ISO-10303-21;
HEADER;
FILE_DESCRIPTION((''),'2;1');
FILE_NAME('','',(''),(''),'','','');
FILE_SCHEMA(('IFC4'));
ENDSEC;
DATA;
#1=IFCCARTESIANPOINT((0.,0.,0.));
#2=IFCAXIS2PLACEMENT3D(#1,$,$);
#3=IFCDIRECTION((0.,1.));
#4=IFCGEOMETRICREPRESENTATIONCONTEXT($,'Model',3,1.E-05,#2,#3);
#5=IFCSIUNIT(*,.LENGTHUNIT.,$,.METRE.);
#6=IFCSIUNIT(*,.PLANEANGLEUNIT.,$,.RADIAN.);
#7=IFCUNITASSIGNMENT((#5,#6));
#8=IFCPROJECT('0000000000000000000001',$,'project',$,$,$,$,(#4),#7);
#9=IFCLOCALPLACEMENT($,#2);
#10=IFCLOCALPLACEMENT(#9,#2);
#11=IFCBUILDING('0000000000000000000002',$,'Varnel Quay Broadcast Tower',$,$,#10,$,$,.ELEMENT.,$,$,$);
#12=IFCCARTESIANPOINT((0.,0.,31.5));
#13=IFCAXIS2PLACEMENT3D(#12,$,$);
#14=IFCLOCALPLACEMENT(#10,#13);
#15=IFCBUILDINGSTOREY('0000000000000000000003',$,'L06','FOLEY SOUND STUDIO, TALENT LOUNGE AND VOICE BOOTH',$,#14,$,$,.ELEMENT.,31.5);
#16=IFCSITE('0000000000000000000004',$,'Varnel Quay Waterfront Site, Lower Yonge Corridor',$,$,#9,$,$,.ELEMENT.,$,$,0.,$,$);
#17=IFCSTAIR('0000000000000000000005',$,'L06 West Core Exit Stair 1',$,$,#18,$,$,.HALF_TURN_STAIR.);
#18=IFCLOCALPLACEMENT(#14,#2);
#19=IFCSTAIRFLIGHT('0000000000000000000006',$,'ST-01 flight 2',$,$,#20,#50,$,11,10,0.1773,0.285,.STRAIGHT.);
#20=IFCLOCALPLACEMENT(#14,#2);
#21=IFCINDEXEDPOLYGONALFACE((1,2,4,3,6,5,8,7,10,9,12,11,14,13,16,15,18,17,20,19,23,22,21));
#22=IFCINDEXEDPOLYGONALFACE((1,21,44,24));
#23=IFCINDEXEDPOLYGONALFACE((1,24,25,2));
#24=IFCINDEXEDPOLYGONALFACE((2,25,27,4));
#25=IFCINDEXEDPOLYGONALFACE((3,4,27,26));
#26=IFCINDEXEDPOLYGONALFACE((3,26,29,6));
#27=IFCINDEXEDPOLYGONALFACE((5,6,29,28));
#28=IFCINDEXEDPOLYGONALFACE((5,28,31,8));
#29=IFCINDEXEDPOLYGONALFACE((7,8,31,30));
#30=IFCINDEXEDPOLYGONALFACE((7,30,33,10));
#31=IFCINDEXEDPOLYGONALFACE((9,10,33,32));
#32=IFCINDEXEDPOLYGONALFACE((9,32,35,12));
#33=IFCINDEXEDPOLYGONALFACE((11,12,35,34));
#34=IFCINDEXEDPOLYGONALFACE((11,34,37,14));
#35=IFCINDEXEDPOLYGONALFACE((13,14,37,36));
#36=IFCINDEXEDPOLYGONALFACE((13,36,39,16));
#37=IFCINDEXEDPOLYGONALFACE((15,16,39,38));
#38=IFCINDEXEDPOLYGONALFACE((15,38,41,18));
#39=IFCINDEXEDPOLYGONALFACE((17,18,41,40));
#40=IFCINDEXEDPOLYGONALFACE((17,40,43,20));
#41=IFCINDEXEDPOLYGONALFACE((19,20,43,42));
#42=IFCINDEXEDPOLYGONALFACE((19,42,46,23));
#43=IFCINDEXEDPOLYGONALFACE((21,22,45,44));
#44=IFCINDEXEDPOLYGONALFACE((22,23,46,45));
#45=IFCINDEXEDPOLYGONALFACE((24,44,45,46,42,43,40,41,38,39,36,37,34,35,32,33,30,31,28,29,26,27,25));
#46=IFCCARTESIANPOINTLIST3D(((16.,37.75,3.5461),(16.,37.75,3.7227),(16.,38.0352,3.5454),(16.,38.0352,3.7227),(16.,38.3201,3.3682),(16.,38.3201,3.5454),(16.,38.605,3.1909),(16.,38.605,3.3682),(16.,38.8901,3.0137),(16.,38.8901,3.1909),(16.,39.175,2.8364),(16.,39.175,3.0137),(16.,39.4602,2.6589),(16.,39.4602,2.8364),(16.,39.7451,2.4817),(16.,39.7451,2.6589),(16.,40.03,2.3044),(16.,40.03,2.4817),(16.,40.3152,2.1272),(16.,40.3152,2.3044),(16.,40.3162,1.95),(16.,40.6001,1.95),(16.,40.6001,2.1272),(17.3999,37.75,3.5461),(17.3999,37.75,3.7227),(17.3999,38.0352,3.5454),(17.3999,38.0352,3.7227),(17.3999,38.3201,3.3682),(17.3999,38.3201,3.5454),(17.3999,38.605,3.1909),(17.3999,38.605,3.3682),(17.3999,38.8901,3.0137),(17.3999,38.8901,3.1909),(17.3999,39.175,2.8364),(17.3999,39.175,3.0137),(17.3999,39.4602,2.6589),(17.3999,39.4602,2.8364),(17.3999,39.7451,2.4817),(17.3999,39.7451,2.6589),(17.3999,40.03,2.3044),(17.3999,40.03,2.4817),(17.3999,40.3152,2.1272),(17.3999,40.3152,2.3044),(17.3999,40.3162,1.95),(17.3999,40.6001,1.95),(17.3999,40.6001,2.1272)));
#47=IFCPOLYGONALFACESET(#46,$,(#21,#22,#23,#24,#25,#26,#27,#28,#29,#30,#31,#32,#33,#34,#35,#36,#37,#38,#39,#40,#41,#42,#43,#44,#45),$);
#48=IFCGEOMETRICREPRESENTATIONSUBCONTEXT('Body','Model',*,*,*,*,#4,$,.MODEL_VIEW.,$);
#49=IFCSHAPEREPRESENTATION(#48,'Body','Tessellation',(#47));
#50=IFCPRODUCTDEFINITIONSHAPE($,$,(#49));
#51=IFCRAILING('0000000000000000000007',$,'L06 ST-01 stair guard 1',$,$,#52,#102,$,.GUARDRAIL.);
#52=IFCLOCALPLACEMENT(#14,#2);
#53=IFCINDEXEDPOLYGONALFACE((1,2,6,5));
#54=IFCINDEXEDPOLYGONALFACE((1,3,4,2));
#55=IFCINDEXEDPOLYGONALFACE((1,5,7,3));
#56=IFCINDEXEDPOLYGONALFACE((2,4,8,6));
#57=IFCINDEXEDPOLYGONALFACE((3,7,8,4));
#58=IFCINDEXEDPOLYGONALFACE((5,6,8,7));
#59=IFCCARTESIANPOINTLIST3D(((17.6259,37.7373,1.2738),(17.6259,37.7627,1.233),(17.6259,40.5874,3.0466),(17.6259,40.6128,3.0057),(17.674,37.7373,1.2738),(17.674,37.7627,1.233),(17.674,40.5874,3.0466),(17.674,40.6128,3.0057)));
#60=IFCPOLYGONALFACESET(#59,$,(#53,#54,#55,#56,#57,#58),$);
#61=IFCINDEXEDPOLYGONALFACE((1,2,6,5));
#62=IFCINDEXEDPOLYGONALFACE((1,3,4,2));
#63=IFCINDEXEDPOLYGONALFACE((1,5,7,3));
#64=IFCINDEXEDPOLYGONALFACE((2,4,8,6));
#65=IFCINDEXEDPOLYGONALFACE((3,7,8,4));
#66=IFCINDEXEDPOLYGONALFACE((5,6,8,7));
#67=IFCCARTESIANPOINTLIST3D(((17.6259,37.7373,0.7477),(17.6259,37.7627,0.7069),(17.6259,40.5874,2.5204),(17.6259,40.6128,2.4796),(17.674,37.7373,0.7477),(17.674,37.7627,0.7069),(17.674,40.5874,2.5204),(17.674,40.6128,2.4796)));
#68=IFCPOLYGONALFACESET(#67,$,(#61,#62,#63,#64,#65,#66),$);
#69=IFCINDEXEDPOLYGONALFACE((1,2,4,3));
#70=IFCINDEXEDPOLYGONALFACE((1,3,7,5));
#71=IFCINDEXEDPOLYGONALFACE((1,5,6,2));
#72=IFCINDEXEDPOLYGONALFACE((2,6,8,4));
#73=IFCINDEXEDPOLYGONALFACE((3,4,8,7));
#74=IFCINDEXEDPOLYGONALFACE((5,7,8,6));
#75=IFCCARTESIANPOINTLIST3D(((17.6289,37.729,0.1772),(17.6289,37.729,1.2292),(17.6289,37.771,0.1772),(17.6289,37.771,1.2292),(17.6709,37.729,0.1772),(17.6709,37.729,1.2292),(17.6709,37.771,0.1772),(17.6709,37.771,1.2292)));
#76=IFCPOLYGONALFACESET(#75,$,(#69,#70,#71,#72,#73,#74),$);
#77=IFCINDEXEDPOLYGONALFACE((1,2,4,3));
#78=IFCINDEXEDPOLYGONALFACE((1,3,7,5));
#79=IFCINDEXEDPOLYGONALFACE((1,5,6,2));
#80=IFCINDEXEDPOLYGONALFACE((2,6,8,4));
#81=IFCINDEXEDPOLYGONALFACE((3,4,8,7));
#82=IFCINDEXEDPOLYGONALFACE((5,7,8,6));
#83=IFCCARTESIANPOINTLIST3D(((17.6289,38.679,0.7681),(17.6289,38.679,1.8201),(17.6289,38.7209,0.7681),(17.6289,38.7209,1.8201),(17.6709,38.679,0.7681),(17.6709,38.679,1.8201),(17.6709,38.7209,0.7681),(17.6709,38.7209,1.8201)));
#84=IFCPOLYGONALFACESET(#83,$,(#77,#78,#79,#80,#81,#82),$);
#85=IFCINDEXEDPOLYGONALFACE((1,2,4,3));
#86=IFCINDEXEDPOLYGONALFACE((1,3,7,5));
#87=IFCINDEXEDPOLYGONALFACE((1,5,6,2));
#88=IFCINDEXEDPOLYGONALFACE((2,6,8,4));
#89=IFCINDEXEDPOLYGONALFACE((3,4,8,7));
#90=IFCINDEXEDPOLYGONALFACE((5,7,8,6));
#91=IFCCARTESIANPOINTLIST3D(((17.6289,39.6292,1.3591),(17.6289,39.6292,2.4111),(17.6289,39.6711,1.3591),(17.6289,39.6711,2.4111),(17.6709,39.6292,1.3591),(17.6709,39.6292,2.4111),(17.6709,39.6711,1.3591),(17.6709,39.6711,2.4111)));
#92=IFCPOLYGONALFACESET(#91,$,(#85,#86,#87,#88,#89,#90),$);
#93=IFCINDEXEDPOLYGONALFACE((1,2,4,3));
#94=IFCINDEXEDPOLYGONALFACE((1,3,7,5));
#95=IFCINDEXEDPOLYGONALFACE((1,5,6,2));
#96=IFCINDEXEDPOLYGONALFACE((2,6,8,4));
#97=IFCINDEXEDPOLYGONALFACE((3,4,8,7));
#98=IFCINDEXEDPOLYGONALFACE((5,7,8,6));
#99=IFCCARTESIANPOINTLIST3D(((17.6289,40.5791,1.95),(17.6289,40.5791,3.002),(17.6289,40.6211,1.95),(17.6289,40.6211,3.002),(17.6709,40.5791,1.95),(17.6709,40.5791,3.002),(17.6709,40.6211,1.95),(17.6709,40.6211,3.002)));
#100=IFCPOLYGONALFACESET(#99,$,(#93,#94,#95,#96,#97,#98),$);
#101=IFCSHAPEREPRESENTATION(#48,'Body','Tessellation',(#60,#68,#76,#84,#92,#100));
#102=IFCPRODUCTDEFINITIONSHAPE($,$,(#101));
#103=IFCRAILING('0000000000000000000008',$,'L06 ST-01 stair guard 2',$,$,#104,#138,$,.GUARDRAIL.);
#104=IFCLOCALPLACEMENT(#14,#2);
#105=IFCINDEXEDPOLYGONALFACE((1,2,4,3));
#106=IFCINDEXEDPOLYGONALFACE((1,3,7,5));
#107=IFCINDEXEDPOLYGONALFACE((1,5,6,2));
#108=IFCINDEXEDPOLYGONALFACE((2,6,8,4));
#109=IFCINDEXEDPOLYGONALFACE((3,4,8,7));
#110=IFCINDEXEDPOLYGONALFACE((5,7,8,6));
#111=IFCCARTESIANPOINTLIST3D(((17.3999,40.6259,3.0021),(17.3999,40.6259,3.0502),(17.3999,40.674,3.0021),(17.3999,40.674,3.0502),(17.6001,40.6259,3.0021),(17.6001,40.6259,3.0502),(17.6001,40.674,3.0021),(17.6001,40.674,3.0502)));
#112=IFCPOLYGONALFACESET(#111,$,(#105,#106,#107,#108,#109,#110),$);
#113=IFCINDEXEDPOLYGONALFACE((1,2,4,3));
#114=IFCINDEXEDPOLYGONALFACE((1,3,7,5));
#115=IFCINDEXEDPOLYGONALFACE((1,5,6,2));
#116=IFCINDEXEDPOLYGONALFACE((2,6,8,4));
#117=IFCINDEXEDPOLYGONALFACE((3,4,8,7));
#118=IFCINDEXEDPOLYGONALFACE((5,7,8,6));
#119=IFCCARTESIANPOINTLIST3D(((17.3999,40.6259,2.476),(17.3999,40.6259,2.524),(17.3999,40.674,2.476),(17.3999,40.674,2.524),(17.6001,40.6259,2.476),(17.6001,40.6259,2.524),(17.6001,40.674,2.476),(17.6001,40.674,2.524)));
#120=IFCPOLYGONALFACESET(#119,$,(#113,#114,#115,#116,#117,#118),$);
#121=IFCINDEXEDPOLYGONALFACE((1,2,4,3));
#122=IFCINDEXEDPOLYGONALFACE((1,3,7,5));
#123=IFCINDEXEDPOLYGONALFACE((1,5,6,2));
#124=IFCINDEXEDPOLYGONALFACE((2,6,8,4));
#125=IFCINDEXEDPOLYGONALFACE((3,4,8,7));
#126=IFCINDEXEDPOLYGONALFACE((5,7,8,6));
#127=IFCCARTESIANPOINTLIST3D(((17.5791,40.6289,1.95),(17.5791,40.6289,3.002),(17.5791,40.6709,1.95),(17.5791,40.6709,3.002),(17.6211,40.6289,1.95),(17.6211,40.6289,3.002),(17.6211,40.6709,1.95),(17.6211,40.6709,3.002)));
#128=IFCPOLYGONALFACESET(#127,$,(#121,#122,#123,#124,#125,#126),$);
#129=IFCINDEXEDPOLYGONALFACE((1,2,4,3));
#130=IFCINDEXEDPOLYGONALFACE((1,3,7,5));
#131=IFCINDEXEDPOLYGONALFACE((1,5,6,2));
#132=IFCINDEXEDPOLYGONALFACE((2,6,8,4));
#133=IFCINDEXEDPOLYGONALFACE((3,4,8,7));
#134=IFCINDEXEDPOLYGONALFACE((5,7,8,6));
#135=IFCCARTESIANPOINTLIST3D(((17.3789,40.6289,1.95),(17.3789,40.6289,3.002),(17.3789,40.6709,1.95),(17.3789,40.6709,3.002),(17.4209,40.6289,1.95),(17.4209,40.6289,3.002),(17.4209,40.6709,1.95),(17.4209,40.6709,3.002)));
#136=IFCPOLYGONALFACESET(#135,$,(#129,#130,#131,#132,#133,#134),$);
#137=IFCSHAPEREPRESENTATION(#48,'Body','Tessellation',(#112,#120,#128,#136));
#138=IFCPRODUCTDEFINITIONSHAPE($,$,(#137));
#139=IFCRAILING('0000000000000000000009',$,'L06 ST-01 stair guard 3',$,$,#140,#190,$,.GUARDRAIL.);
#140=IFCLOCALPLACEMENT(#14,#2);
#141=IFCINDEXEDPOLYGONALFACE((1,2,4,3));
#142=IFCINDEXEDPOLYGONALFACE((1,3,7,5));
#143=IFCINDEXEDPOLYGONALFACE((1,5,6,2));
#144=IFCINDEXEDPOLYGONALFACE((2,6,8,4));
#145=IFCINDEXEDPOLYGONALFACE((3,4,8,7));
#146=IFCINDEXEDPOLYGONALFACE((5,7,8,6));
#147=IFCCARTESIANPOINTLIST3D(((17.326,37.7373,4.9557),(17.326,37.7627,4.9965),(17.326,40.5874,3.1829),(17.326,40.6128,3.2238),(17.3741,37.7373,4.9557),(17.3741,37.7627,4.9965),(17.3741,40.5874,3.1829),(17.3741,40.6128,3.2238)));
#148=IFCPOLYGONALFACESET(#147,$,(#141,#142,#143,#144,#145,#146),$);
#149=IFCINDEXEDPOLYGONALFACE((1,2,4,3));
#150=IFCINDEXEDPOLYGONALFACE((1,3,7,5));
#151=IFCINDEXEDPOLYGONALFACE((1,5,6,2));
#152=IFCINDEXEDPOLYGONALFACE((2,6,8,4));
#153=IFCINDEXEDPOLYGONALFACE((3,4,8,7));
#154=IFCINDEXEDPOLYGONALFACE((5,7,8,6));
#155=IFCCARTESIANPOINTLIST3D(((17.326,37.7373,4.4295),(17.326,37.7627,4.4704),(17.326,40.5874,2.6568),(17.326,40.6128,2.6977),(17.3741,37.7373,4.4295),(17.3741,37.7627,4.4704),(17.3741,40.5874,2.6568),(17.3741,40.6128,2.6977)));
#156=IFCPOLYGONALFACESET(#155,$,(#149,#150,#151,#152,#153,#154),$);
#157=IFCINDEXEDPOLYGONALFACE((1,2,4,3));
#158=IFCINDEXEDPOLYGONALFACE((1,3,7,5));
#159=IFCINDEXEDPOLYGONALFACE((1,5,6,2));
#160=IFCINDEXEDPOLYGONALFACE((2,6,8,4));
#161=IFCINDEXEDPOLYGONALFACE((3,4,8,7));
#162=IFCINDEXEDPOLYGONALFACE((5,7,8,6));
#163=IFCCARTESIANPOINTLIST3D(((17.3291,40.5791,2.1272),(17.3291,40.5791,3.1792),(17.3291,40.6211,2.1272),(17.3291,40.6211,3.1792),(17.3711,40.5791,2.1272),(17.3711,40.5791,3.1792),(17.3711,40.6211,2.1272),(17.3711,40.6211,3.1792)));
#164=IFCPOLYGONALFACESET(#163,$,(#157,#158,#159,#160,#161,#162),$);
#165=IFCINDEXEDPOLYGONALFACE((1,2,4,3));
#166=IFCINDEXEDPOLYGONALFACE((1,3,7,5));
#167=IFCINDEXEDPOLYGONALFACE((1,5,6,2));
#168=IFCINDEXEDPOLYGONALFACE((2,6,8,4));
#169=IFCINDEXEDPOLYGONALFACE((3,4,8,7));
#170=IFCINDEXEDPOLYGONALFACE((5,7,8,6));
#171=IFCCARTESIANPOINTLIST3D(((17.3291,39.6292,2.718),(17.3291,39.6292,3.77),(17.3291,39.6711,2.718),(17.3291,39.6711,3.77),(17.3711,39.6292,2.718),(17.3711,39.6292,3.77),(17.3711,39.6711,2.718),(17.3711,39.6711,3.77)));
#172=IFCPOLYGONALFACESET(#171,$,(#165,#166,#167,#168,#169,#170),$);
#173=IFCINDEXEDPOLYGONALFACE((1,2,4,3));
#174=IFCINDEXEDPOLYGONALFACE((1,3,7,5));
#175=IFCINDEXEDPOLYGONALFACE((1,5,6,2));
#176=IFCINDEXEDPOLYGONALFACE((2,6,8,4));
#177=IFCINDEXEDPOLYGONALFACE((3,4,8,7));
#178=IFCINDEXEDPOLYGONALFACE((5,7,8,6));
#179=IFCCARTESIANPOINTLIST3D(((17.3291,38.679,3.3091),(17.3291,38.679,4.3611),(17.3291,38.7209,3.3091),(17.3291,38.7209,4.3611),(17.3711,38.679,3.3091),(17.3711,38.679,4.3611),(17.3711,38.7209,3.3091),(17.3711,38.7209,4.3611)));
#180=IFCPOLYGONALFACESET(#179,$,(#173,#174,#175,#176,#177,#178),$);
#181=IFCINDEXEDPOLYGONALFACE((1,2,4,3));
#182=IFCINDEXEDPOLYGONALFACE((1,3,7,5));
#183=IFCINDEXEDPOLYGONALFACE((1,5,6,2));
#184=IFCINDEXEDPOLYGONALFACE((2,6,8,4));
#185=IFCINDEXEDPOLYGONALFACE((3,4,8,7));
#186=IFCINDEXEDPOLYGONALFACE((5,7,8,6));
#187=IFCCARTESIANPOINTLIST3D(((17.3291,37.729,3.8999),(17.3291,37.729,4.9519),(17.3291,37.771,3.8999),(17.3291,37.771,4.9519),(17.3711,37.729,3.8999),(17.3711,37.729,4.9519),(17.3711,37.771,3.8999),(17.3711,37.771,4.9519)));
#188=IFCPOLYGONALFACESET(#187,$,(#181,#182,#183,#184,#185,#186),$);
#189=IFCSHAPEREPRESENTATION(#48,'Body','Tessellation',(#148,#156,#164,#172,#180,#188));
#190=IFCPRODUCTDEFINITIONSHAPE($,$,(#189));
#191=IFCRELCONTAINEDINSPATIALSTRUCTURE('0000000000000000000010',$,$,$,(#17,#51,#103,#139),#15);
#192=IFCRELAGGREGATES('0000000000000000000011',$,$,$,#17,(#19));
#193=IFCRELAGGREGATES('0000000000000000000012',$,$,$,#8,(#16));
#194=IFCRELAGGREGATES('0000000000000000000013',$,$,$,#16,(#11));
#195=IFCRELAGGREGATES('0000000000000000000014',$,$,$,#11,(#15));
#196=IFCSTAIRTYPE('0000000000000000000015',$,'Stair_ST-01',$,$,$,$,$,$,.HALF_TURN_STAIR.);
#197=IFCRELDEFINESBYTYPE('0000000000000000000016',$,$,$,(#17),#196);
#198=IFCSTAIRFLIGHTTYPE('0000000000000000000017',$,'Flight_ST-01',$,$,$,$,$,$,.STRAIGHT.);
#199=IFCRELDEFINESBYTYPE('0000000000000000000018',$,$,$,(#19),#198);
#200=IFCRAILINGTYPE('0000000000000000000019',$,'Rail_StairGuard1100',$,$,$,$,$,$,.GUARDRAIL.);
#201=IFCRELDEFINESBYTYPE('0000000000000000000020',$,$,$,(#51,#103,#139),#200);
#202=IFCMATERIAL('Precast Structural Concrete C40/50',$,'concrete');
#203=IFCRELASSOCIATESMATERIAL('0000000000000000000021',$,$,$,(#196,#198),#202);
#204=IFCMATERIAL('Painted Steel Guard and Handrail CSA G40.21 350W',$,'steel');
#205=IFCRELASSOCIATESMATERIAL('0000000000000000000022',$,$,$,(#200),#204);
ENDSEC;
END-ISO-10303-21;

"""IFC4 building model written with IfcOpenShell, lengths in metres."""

from ifc_helpers import new_model, si_unit, direction, frame, origin, origin_2d, place, context, subcontext, project, spatial, polyline, rectangle, outline, extrude, material, type_object, element, aggregate, save


model = new_model("IFC4")

# Units and contexts
model_context = context("Model", 3, precision=1e-05, world=origin(), true_north=direction((0.0, 1.0)))
body_context = subcontext(model_context, "Body", "Model", "MODEL_VIEW")
ifc_project = project(units=[si_unit("LENGTHUNIT", "METRE"), si_unit("PLANEANGLEUNIT", "RADIAN")], contexts=[model_context])

# Site, building, storey
site_placement = place(None, origin())
site = spatial("IfcSite", under=ifc_project, at=site_placement, Name="Varnel Quay Waterfront Site, Lower Yonge Corridor", CompositionType="ELEMENT", RefElevation=0.0)
building_placement = place(site_placement, origin())
building = spatial("IfcBuilding", under=site, at=building_placement, Name="Varnel Quay Broadcast Tower", CompositionType="ELEMENT")
storey_placement = place(building_placement, frame((0.0, 0.0, 31.5)))
storey = spatial("IfcBuildingStorey", under=building, at=storey_placement, Name="L06", Description="FOLEY SOUND STUDIO, TALENT LOUNGE AND VOICE BOOTH", CompositionType="ELEMENT", Elevation=31.5)

# Stair, stair flight
ifc_material_1 = material(Name="Precast Structural Concrete C40/50", Category="concrete")
stair_type = type_object("IfcStairType", Name="Stair_ST-01", PredefinedType="HALF_TURN_STAIR", material=ifc_material_1)
stair_placement = place(storey_placement, origin())
stair = element("IfcStair", 1, at=stair_placement, inside=storey, type_object=stair_type, Name="L06 West Core Exit Stair 1", PredefinedType="HALF_TURN_STAIR")
stair_flight_type = type_object("IfcStairFlightType", Name="Flight_ST-01", PredefinedType="STRAIGHT", material=ifc_material_1)
stair_flight_1_placement = place(storey_placement, frame((16.7, 40.6001, 1.95), z_axis=(0.0, 0.0, 1.0), x_axis=(0.0, -1.0, 0.0)))
stair_flight_1 = element("IfcStairFlight", 2, at=stair_flight_1_placement, type_object=stair_flight_type, Name="ST-01 flight 2", NumberOfRisers=11, NumberOfTreads=10, PredefinedType="STRAIGHT", RiserHeight=0.1773, TreadLength=0.285, context=body_context, shape_type="SweptSolid", body=[
    extrude(outline(polyline([(0.0, 0.0), (0.0, 0.1772), (0.2849, 0.1772), (0.2849, 0.3545), (0.5701, 0.3545), (0.5701, 0.5317), (0.855, 0.5317), (0.855, 0.709), (1.1399, 0.709), (1.1399, 0.8865), (1.425, 0.8865), (1.425, 1.0637), (1.71, 1.0637), (1.71, 1.241), (1.9951, 1.241), (1.9951, 1.4182), (2.28, 1.4182), (2.28, 1.5955), (2.5649, 1.5955), (2.5649, 1.7727), (2.8501, 1.7727), (2.8501, 1.95), (2.8501, 1.5962), (0.2839, 0.0), (0.0, 0.0)])), frame((0.0, 0.7, 0.0), z_axis=(0.0, -1.0, 0.0), x_axis=(1.0, 0.0, 0.0)), (0.0, 0.0, 1.0), 1.3999),
])
aggregate(stair, [stair_flight_1])

# Railings
ifc_material_2 = material(Name="Painted Steel Guard and Handrail CSA G40.21 350W", Category="steel")
railing_type_1 = type_object("IfcRailingType", Name="Rail_StairGuard1100", PredefinedType="GUARDRAIL", material=ifc_material_2)
railing_1_placement = place(storey_placement, frame((17.6499, 37.75, 0.1772)))
element("IfcRailing", 3, at=railing_1_placement, inside=storey, type_object=railing_type_1, Name="L06 ST-01 stair guard 1", PredefinedType="GUARDRAIL", context=body_context, shape_type="SweptSolid", body=[
    extrude(rectangle(XDim=0.0481, YDim=0.0481, at=origin_2d()), frame((0.0, 0.0, 1.0762), z_axis=(0.0, 0.849149, 0.528154), x_axis=(-1.0, 0.0, 0.0)), (0.0, 0.0, 1.0), 3.3564),
    extrude(rectangle(XDim=0.0481, YDim=0.0481, at=origin_2d()), frame((0.0, 0.0, 0.55), z_axis=(0.0, 0.849149, 0.528154), x_axis=(-1.0, 0.0, 0.0)), (0.0, 0.0, 1.0), 3.3564),
    extrude(rectangle(XDim=0.042, YDim=0.042, at=origin_2d()), origin(), (0.0, 0.0, 1.0), 1.052),
    extrude(rectangle(XDim=0.042, YDim=0.042, at=origin_2d()), frame((0.0, 0.95, 0.5908)), (0.0, 0.0, 1.0), 1.052),
    extrude(rectangle(XDim=0.042, YDim=0.042, at=origin_2d()), frame((0.0, 1.9001, 1.1819)), (0.0, 0.0, 1.0), 1.052),
    extrude(rectangle(XDim=0.042, YDim=0.042, at=origin_2d()), frame((0.0, 2.8501, 1.7727)), (0.0, 0.0, 1.0), 1.052),
])
railing_2_placement = place(storey_placement, frame((17.6001, 40.6499, 1.95)))
element("IfcRailing", 4, at=railing_2_placement, inside=storey, type_object=railing_type_1, Name="L06 ST-01 stair guard 2", PredefinedType="GUARDRAIL", context=body_context, shape_type="SweptSolid", body=[
    extrude(rectangle(XDim=0.0481, YDim=0.0481, at=origin_2d()), frame((0.0, 0.0, 1.0762), z_axis=(-1.0, 0.0, 0.0), x_axis=(0.0, -1.0, 0.0)), (0.0, 0.0, 1.0), 0.2002),
    extrude(rectangle(XDim=0.0481, YDim=0.0481, at=origin_2d()), frame((0.0, 0.0, 0.55), z_axis=(-1.0, 0.0, 0.0), x_axis=(0.0, -1.0, 0.0)), (0.0, 0.0, 1.0), 0.2002),
    extrude(rectangle(XDim=0.042, YDim=0.042, at=origin_2d()), origin(), (0.0, 0.0, 1.0), 1.052),
    extrude(rectangle(XDim=0.042, YDim=0.042, at=origin_2d()), frame((-0.2002, 0.0, 0.0)), (0.0, 0.0, 1.0), 1.052),
])
railing_3_placement = place(storey_placement, frame((17.3501, 40.6001, 2.1272)))
element("IfcRailing", 5, at=railing_3_placement, inside=storey, type_object=railing_type_1, Name="L06 ST-01 stair guard 3", PredefinedType="GUARDRAIL", context=body_context, shape_type="SweptSolid", body=[
    extrude(rectangle(XDim=0.0481, YDim=0.0481, at=origin_2d()), frame((0.0, 0.0, 1.0762), z_axis=(0.0, -0.849149, 0.528154), x_axis=(1.0, 0.0, 0.0)), (0.0, 0.0, 1.0), 3.3564),
    extrude(rectangle(XDim=0.0481, YDim=0.0481, at=origin_2d()), frame((0.0, 0.0, 0.55), z_axis=(0.0, -0.849149, 0.528154), x_axis=(1.0, 0.0, 0.0)), (0.0, 0.0, 1.0), 3.3564),
    extrude(rectangle(XDim=0.042, YDim=0.042, at=origin_2d()), origin(), (0.0, 0.0, 1.0), 1.052),
    extrude(rectangle(XDim=0.042, YDim=0.042, at=origin_2d()), frame((0.0, -0.95, 0.5908)), (0.0, 0.0, 1.0), 1.052),
    extrude(rectangle(XDim=0.042, YDim=0.042, at=origin_2d()), frame((0.0, -1.9001, 1.1819)), (0.0, 0.0, 1.0), 1.052),
    extrude(rectangle(XDim=0.042, YDim=0.042, at=origin_2d()), frame((0.0, -2.8501, 1.7727)), (0.0, 0.0, 1.0), 1.052),
])

save(model, "model.ifc")
